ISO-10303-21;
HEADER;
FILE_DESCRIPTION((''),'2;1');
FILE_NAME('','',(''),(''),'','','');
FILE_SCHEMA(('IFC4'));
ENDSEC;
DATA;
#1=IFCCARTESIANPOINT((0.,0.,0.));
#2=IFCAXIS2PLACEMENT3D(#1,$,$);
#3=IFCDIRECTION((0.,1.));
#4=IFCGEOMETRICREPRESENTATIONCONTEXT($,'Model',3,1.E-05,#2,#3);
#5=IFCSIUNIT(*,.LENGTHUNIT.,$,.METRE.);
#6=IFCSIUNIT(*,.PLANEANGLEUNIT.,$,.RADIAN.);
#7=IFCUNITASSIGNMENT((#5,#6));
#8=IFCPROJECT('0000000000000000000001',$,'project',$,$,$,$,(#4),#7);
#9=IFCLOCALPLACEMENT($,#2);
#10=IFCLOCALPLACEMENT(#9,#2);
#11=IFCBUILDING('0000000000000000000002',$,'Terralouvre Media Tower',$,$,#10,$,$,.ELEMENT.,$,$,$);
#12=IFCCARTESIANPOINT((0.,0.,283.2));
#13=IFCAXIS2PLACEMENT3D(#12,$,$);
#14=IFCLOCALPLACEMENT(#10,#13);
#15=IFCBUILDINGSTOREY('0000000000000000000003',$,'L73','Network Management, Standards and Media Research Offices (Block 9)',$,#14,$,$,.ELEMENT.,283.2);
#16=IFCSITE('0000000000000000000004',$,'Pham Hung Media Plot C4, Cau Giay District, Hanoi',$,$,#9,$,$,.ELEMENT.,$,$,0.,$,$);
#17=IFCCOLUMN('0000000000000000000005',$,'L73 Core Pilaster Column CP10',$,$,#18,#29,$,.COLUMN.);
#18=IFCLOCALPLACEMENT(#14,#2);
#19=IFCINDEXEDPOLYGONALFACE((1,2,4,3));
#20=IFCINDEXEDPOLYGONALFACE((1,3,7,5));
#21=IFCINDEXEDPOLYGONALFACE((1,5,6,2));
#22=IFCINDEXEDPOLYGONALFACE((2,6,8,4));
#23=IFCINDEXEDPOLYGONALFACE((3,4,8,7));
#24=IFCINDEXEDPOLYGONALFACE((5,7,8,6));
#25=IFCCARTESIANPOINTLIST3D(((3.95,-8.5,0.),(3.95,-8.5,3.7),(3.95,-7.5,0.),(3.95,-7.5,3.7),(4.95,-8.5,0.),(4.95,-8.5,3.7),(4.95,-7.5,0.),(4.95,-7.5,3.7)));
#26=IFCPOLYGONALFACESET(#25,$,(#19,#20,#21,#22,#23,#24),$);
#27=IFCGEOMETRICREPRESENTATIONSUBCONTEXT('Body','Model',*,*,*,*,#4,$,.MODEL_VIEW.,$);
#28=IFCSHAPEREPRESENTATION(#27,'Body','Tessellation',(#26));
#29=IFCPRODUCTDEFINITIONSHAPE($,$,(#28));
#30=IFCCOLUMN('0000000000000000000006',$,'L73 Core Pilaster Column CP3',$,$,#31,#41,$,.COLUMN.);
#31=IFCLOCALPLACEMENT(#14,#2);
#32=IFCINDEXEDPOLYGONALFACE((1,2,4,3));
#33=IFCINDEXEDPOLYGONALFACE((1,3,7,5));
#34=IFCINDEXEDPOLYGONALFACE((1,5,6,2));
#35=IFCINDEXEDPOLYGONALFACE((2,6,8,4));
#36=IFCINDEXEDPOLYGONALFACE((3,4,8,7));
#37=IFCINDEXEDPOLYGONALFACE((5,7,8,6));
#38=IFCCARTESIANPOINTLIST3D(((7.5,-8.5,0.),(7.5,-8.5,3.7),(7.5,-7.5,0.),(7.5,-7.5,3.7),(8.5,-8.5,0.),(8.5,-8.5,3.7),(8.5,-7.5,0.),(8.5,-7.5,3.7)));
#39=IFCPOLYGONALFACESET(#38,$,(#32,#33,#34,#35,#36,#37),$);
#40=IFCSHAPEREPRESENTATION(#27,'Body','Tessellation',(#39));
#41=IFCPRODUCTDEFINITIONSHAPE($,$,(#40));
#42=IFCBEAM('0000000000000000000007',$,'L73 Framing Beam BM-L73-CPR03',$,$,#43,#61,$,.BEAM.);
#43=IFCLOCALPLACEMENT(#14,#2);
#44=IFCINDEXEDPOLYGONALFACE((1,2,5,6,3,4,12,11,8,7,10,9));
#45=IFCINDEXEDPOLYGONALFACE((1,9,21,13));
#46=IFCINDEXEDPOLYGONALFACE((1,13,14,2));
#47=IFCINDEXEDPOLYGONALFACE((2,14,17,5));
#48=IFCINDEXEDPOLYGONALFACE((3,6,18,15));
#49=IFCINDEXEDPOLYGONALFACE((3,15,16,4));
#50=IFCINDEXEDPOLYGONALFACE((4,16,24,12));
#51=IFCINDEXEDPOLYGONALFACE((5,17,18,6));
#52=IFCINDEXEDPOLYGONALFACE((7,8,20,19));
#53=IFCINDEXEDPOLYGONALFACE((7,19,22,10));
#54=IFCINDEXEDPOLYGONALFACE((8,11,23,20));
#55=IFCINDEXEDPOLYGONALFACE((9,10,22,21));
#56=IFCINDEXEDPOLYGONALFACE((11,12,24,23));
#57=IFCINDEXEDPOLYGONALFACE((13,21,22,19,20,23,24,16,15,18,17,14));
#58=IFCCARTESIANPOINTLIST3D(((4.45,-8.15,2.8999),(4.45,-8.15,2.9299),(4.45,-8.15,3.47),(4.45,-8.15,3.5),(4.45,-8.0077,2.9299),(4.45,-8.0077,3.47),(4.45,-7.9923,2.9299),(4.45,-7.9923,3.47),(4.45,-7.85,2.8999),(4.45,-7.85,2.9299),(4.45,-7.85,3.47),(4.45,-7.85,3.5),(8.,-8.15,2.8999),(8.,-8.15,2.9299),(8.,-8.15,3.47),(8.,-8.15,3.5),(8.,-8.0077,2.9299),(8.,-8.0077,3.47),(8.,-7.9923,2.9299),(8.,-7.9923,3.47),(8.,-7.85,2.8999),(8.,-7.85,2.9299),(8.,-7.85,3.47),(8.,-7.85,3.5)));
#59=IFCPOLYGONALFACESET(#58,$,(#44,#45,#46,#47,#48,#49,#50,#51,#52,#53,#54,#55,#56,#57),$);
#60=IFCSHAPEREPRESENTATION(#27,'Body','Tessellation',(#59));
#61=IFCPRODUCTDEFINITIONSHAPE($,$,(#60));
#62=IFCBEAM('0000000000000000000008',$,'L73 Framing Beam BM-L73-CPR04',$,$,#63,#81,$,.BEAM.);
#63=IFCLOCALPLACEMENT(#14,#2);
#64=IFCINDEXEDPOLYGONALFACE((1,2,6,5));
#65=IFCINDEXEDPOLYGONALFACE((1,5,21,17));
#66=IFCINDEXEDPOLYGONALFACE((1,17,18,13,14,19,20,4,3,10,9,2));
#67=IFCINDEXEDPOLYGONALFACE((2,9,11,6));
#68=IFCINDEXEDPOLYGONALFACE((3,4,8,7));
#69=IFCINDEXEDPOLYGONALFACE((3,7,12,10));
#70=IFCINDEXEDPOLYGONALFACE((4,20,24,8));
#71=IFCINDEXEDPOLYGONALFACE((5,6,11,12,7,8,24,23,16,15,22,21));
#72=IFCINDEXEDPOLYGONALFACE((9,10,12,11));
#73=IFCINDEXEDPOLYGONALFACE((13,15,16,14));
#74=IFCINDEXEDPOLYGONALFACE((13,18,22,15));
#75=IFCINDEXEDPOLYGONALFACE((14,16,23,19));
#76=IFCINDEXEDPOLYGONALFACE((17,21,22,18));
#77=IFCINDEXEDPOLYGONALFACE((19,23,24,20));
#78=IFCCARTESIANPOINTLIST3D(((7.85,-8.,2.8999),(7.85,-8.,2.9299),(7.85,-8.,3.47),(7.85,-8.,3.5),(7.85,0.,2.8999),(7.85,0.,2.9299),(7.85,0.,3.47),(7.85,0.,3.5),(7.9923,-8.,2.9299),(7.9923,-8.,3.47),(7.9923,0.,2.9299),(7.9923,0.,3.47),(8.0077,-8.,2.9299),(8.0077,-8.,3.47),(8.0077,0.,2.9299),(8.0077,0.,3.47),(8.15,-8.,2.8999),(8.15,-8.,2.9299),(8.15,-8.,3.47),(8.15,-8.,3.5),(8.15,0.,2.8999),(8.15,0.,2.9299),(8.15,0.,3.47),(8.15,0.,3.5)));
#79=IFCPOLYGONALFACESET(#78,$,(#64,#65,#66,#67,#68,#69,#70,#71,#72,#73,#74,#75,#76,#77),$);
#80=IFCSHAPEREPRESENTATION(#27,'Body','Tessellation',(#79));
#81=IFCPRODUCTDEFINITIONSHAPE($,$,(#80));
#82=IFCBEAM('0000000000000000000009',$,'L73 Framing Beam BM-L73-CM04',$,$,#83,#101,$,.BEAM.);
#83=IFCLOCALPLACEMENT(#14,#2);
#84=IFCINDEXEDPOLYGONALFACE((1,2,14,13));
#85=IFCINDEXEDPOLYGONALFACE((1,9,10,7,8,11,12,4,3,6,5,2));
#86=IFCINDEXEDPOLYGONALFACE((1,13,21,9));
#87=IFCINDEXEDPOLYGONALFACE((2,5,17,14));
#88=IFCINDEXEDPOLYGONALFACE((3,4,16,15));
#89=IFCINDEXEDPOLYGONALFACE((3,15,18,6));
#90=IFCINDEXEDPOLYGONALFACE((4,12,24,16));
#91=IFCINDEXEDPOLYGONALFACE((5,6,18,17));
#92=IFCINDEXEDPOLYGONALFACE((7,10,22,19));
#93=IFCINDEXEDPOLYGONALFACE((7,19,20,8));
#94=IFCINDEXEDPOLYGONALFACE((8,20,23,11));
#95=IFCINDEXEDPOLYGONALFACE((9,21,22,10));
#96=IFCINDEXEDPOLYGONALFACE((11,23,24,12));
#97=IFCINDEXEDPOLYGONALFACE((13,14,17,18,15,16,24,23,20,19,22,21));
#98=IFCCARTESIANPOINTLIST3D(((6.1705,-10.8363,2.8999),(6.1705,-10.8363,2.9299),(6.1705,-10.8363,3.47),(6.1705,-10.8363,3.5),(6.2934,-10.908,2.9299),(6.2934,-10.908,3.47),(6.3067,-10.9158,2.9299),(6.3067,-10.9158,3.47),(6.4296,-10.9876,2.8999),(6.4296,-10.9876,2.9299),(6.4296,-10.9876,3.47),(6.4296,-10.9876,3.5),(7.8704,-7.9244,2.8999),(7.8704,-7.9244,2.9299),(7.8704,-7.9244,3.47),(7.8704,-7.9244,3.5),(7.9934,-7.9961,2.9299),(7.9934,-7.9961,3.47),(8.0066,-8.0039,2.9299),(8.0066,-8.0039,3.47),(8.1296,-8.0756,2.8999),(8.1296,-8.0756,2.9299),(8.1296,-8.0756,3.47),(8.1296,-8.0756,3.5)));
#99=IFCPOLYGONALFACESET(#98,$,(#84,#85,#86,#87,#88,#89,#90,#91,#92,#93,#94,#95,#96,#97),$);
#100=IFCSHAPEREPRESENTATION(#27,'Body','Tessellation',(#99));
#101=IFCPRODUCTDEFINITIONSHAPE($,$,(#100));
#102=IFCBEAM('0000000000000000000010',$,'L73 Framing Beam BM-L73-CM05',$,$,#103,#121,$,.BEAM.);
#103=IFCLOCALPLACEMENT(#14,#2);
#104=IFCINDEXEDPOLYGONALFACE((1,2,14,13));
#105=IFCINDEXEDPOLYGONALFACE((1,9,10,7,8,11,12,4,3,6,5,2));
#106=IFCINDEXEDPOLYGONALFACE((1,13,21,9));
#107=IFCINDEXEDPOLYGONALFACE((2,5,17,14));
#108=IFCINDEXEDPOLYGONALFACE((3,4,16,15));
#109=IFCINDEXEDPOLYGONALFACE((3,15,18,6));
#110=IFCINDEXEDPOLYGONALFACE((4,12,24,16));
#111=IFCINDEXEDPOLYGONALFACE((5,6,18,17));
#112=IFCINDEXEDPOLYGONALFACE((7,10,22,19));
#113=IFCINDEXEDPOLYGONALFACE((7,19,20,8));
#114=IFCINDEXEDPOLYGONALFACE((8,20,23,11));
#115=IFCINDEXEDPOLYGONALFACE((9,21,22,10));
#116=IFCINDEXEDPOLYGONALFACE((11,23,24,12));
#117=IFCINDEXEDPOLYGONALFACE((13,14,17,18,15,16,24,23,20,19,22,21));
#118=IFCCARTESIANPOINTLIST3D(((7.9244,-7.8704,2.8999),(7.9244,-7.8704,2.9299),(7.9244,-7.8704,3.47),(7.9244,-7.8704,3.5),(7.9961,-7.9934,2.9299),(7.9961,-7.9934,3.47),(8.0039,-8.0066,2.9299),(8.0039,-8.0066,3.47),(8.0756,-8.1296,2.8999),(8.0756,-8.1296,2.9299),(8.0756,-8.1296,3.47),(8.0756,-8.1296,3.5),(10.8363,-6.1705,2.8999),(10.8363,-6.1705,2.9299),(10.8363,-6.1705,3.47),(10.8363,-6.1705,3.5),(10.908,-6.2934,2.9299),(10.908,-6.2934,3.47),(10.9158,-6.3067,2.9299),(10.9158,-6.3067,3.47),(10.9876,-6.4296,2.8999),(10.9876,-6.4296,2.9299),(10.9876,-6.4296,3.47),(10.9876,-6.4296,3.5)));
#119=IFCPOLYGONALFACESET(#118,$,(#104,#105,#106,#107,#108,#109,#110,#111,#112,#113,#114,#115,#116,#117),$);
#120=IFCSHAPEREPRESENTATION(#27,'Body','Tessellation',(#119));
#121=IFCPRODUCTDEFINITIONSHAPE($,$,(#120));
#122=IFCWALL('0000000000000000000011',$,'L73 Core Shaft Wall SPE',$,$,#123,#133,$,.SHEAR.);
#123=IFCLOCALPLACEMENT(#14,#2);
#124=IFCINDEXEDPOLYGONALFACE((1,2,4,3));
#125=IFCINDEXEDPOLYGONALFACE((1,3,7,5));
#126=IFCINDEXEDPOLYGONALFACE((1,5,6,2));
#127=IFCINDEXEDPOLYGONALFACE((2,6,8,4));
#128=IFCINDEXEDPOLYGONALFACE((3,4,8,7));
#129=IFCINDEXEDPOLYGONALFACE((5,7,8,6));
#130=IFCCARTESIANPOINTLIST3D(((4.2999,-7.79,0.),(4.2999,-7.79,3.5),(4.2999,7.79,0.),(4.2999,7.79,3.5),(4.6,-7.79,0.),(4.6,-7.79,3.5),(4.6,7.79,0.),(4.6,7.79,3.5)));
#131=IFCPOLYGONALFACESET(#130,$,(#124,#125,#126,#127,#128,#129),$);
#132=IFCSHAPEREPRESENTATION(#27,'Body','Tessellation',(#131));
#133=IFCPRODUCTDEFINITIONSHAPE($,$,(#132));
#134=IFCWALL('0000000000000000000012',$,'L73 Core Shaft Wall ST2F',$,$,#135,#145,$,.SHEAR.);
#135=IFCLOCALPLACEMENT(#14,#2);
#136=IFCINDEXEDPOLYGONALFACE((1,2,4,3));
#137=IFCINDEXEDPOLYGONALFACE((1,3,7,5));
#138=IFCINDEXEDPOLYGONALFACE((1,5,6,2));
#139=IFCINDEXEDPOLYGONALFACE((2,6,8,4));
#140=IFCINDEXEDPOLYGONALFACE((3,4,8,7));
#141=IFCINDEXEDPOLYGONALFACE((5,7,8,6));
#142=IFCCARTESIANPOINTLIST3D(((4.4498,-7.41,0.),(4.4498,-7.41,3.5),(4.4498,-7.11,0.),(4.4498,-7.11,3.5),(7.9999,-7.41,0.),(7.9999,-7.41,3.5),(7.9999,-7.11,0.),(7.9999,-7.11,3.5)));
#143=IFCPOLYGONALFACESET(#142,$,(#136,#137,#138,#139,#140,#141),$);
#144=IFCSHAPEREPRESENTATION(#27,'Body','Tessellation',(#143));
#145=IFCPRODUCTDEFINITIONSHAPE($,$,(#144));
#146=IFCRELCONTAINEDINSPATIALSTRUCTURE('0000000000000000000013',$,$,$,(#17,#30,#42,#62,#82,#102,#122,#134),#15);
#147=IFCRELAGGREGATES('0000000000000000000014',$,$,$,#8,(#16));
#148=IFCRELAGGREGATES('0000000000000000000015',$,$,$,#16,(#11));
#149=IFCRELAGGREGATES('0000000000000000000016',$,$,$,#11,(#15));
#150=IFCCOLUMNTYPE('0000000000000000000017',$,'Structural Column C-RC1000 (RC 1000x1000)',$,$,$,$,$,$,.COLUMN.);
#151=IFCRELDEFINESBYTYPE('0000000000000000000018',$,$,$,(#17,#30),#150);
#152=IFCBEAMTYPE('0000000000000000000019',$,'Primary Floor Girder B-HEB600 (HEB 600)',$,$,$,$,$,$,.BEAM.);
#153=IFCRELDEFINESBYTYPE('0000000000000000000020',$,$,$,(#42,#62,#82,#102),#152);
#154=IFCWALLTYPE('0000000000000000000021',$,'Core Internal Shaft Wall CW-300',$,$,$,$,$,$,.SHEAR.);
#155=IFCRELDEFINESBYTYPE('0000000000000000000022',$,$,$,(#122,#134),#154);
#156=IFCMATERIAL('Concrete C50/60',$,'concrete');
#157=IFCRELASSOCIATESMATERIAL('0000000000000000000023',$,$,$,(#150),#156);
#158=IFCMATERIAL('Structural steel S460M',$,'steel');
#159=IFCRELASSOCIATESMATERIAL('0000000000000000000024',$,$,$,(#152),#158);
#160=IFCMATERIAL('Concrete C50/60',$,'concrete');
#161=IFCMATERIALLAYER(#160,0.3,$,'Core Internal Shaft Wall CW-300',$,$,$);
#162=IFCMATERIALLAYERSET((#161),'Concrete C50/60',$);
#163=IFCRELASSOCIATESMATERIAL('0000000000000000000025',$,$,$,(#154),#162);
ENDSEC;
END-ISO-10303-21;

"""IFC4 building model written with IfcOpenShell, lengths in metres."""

from ifc_helpers import new_model, si_unit, direction, frame, frame_2d, origin, origin_2d, place, context, subcontext, project, spatial, rectangle, i_section, extrude, material, layer, layer_set, material_profile, profile_set, type_object, element, save


model = new_model("IFC4")

# Units and contexts
model_context = context("Model", 3, precision=1e-05, world=origin(), true_north=direction((0.0, 1.0)))
body_context = subcontext(model_context, "Body", "Model", "MODEL_VIEW")
ifc_project = project(units=[si_unit("LENGTHUNIT", "METRE"), si_unit("PLANEANGLEUNIT", "RADIAN")], contexts=[model_context])

# Site, building, storey
site_placement = place(None, origin())
site = spatial("IfcSite", under=ifc_project, at=site_placement, Name="Pham Hung Media Plot C4, Cau Giay District, Hanoi", CompositionType="ELEMENT", RefElevation=0.0)
building_placement = place(site_placement, origin())
building = spatial("IfcBuilding", under=site, at=building_placement, Name="Terralouvre Media Tower", CompositionType="ELEMENT")
storey_placement = place(building_placement, frame((0.0, 0.0, 283.2)))
storey = spatial("IfcBuildingStorey", under=building, at=storey_placement, Name="L73", Description="Network Management, Standards and Media Research Offices (Block 9)", CompositionType="ELEMENT", Elevation=283.2)

# Columns
ifc_material_1 = material(Name="Concrete C50/60", Category="concrete")
ifc_material_profile_1 = material_profile(ifc_material_1, rectangle(XDim=1.0, YDim=1.0, at=origin_2d()), Name="RC 1000x1000")
ifc_profile_set_1 = profile_set([ifc_material_profile_1], Name="Concrete C50/60")
column_type = type_object("IfcColumnType", Name="Structural Column C-RC1000 (RC 1000x1000)", PredefinedType="COLUMN", material=ifc_profile_set_1)
for number, where, z_axis, x_axis, name in (
    (1, (4.45, -8.0, 0.0), (0.0, 0.0, 1.0), (1.0, 0.0, 0.0), "L73 Core Pilaster Column CP10"),
    (2, (8.0, -8.0, 0.0), (0.0, 0.0, 1.0), (1.0, 0.0, 0.0), "L73 Core Pilaster Column CP3"),
):
    element("IfcColumn", number, at=place(storey_placement, frame(where, z_axis=z_axis, x_axis=x_axis)), inside=storey, type_object=column_type, Name=name, PredefinedType="COLUMN", context=body_context, shape_type="SweptSolid", body=[
        extrude(rectangle(XDim=1.0, YDim=1.0, at=origin_2d()), origin(), (0.0, 0.0, 1.0), 3.7),
    ])

# Beams
ifc_material_2 = material(Name="Structural steel S460M", Category="steel")
ifc_material_profile_2 = material_profile(ifc_material_2, i_section(OverallWidth=0.3, OverallDepth=0.6001, WebThickness=0.0154, FlangeThickness=0.03, at=origin_2d()), Name="HEB 600")
ifc_profile_set_2 = profile_set([ifc_material_profile_2], Name="Structural steel S460M")
beam_type = type_object("IfcBeamType", Name="Primary Floor Girder B-HEB600 (HEB 600)", PredefinedType="BEAM", material=ifc_profile_set_2)
beam_1_placement = place(storey_placement, frame((4.45, -8.0, 3.2), z_axis=(1.0, 0.0, 0.0), x_axis=(0.0, 1.0, 0.0)))
element("IfcBeam", 3, at=beam_1_placement, inside=storey, type_object=beam_type, Name="L73 Framing Beam BM-L73-CPR03", PredefinedType="BEAM", context=body_context, shape_type="SweptSolid", body=[
    extrude(i_section(OverallWidth=0.3, OverallDepth=0.6001, WebThickness=0.0154, FlangeThickness=0.03, at=origin_2d()), origin(), (0.0, 0.0, 1.0), 3.55),
])
beam_2_placement = place(storey_placement, frame((8.0, -8.0, 3.2), z_axis=(0.0, 1.0, 0.0), x_axis=(-1.0, 0.0, 0.0)))
element("IfcBeam", 4, at=beam_2_placement, inside=storey, type_object=beam_type, Name="L73 Framing Beam BM-L73-CPR04", PredefinedType="BEAM", context=body_context, shape_type="SweptSolid", body=[
    extrude(i_section(OverallWidth=0.3, OverallDepth=0.6001, WebThickness=0.0154, FlangeThickness=0.03, at=origin_2d()), origin(), (0.0, 0.0, 1.0), 8.0),
])
for number, where, z_axis, x_axis, name in (
    (5, (8.0, -8.0, 3.2), (-0.504173, -0.863603, 0.0), (0.863603, -0.504173, 0.0), "L73 Framing Beam BM-L73-CM04"),
    (6, (8.0, -8.0, 3.2), (0.863603, 0.504173, 0.0), (-0.504173, 0.863603, 0.0), "L73 Framing Beam BM-L73-CM05"),
):
    element("IfcBeam", number, at=place(storey_placement, frame(where, z_axis=z_axis, x_axis=x_axis)), inside=storey, type_object=beam_type, Name=name, PredefinedType="BEAM", context=body_context, shape_type="SweptSolid", body=[
        extrude(i_section(OverallWidth=0.3, OverallDepth=0.6001, WebThickness=0.0154, FlangeThickness=0.03, at=origin_2d()), origin(), (0.0, 0.0, 1.0), 3.3718),
    ])

# Wall
ifc_material_3 = material(Name="Concrete C50/60", Category="concrete")
ifc_layer_1 = layer(ifc_material_3, 0.3, Name="Core Internal Shaft Wall CW-300")
ifc_layer_set_1 = layer_set([ifc_layer_1], Name="Concrete C50/60")
wall_type = type_object("IfcWallType", Name="Core Internal Shaft Wall CW-300", PredefinedType="SHEAR", material=ifc_layer_set_1)
wall_1_placement = place(storey_placement, frame((4.45, -7.79, 0.0), z_axis=(0.0, 0.0, 1.0), x_axis=(0.0, 1.0, 0.0)))
element("IfcWall", 7, at=wall_1_placement, inside=storey, type_object=wall_type, Name="L73 Core Shaft Wall SPE", PredefinedType="SHEAR", context=body_context, shape_type="SweptSolid", body=[
    extrude(rectangle(XDim=15.5801, YDim=0.3, at=frame_2d((7.79, 0.0))), origin(), (0.0, 0.0, 1.0), 3.5),
])

# Wall
wall_2_placement = place(storey_placement, frame((4.45, -7.26, 0.0), z_axis=(0.0, 0.0, 1.0), x_axis=(1.0, 0.0, 0.0)))
element("IfcWall", 8, at=wall_2_placement, inside=storey, type_object=wall_type, Name="L73 Core Shaft Wall ST2F", PredefinedType="SHEAR", context=body_context, shape_type="SweptSolid", body=[
    extrude(rectangle(XDim=3.55, YDim=0.3, at=frame_2d((1.7749, 0.0))), origin(), (0.0, 0.0, 1.0), 3.5),
])

save(model, "model.ifc")
